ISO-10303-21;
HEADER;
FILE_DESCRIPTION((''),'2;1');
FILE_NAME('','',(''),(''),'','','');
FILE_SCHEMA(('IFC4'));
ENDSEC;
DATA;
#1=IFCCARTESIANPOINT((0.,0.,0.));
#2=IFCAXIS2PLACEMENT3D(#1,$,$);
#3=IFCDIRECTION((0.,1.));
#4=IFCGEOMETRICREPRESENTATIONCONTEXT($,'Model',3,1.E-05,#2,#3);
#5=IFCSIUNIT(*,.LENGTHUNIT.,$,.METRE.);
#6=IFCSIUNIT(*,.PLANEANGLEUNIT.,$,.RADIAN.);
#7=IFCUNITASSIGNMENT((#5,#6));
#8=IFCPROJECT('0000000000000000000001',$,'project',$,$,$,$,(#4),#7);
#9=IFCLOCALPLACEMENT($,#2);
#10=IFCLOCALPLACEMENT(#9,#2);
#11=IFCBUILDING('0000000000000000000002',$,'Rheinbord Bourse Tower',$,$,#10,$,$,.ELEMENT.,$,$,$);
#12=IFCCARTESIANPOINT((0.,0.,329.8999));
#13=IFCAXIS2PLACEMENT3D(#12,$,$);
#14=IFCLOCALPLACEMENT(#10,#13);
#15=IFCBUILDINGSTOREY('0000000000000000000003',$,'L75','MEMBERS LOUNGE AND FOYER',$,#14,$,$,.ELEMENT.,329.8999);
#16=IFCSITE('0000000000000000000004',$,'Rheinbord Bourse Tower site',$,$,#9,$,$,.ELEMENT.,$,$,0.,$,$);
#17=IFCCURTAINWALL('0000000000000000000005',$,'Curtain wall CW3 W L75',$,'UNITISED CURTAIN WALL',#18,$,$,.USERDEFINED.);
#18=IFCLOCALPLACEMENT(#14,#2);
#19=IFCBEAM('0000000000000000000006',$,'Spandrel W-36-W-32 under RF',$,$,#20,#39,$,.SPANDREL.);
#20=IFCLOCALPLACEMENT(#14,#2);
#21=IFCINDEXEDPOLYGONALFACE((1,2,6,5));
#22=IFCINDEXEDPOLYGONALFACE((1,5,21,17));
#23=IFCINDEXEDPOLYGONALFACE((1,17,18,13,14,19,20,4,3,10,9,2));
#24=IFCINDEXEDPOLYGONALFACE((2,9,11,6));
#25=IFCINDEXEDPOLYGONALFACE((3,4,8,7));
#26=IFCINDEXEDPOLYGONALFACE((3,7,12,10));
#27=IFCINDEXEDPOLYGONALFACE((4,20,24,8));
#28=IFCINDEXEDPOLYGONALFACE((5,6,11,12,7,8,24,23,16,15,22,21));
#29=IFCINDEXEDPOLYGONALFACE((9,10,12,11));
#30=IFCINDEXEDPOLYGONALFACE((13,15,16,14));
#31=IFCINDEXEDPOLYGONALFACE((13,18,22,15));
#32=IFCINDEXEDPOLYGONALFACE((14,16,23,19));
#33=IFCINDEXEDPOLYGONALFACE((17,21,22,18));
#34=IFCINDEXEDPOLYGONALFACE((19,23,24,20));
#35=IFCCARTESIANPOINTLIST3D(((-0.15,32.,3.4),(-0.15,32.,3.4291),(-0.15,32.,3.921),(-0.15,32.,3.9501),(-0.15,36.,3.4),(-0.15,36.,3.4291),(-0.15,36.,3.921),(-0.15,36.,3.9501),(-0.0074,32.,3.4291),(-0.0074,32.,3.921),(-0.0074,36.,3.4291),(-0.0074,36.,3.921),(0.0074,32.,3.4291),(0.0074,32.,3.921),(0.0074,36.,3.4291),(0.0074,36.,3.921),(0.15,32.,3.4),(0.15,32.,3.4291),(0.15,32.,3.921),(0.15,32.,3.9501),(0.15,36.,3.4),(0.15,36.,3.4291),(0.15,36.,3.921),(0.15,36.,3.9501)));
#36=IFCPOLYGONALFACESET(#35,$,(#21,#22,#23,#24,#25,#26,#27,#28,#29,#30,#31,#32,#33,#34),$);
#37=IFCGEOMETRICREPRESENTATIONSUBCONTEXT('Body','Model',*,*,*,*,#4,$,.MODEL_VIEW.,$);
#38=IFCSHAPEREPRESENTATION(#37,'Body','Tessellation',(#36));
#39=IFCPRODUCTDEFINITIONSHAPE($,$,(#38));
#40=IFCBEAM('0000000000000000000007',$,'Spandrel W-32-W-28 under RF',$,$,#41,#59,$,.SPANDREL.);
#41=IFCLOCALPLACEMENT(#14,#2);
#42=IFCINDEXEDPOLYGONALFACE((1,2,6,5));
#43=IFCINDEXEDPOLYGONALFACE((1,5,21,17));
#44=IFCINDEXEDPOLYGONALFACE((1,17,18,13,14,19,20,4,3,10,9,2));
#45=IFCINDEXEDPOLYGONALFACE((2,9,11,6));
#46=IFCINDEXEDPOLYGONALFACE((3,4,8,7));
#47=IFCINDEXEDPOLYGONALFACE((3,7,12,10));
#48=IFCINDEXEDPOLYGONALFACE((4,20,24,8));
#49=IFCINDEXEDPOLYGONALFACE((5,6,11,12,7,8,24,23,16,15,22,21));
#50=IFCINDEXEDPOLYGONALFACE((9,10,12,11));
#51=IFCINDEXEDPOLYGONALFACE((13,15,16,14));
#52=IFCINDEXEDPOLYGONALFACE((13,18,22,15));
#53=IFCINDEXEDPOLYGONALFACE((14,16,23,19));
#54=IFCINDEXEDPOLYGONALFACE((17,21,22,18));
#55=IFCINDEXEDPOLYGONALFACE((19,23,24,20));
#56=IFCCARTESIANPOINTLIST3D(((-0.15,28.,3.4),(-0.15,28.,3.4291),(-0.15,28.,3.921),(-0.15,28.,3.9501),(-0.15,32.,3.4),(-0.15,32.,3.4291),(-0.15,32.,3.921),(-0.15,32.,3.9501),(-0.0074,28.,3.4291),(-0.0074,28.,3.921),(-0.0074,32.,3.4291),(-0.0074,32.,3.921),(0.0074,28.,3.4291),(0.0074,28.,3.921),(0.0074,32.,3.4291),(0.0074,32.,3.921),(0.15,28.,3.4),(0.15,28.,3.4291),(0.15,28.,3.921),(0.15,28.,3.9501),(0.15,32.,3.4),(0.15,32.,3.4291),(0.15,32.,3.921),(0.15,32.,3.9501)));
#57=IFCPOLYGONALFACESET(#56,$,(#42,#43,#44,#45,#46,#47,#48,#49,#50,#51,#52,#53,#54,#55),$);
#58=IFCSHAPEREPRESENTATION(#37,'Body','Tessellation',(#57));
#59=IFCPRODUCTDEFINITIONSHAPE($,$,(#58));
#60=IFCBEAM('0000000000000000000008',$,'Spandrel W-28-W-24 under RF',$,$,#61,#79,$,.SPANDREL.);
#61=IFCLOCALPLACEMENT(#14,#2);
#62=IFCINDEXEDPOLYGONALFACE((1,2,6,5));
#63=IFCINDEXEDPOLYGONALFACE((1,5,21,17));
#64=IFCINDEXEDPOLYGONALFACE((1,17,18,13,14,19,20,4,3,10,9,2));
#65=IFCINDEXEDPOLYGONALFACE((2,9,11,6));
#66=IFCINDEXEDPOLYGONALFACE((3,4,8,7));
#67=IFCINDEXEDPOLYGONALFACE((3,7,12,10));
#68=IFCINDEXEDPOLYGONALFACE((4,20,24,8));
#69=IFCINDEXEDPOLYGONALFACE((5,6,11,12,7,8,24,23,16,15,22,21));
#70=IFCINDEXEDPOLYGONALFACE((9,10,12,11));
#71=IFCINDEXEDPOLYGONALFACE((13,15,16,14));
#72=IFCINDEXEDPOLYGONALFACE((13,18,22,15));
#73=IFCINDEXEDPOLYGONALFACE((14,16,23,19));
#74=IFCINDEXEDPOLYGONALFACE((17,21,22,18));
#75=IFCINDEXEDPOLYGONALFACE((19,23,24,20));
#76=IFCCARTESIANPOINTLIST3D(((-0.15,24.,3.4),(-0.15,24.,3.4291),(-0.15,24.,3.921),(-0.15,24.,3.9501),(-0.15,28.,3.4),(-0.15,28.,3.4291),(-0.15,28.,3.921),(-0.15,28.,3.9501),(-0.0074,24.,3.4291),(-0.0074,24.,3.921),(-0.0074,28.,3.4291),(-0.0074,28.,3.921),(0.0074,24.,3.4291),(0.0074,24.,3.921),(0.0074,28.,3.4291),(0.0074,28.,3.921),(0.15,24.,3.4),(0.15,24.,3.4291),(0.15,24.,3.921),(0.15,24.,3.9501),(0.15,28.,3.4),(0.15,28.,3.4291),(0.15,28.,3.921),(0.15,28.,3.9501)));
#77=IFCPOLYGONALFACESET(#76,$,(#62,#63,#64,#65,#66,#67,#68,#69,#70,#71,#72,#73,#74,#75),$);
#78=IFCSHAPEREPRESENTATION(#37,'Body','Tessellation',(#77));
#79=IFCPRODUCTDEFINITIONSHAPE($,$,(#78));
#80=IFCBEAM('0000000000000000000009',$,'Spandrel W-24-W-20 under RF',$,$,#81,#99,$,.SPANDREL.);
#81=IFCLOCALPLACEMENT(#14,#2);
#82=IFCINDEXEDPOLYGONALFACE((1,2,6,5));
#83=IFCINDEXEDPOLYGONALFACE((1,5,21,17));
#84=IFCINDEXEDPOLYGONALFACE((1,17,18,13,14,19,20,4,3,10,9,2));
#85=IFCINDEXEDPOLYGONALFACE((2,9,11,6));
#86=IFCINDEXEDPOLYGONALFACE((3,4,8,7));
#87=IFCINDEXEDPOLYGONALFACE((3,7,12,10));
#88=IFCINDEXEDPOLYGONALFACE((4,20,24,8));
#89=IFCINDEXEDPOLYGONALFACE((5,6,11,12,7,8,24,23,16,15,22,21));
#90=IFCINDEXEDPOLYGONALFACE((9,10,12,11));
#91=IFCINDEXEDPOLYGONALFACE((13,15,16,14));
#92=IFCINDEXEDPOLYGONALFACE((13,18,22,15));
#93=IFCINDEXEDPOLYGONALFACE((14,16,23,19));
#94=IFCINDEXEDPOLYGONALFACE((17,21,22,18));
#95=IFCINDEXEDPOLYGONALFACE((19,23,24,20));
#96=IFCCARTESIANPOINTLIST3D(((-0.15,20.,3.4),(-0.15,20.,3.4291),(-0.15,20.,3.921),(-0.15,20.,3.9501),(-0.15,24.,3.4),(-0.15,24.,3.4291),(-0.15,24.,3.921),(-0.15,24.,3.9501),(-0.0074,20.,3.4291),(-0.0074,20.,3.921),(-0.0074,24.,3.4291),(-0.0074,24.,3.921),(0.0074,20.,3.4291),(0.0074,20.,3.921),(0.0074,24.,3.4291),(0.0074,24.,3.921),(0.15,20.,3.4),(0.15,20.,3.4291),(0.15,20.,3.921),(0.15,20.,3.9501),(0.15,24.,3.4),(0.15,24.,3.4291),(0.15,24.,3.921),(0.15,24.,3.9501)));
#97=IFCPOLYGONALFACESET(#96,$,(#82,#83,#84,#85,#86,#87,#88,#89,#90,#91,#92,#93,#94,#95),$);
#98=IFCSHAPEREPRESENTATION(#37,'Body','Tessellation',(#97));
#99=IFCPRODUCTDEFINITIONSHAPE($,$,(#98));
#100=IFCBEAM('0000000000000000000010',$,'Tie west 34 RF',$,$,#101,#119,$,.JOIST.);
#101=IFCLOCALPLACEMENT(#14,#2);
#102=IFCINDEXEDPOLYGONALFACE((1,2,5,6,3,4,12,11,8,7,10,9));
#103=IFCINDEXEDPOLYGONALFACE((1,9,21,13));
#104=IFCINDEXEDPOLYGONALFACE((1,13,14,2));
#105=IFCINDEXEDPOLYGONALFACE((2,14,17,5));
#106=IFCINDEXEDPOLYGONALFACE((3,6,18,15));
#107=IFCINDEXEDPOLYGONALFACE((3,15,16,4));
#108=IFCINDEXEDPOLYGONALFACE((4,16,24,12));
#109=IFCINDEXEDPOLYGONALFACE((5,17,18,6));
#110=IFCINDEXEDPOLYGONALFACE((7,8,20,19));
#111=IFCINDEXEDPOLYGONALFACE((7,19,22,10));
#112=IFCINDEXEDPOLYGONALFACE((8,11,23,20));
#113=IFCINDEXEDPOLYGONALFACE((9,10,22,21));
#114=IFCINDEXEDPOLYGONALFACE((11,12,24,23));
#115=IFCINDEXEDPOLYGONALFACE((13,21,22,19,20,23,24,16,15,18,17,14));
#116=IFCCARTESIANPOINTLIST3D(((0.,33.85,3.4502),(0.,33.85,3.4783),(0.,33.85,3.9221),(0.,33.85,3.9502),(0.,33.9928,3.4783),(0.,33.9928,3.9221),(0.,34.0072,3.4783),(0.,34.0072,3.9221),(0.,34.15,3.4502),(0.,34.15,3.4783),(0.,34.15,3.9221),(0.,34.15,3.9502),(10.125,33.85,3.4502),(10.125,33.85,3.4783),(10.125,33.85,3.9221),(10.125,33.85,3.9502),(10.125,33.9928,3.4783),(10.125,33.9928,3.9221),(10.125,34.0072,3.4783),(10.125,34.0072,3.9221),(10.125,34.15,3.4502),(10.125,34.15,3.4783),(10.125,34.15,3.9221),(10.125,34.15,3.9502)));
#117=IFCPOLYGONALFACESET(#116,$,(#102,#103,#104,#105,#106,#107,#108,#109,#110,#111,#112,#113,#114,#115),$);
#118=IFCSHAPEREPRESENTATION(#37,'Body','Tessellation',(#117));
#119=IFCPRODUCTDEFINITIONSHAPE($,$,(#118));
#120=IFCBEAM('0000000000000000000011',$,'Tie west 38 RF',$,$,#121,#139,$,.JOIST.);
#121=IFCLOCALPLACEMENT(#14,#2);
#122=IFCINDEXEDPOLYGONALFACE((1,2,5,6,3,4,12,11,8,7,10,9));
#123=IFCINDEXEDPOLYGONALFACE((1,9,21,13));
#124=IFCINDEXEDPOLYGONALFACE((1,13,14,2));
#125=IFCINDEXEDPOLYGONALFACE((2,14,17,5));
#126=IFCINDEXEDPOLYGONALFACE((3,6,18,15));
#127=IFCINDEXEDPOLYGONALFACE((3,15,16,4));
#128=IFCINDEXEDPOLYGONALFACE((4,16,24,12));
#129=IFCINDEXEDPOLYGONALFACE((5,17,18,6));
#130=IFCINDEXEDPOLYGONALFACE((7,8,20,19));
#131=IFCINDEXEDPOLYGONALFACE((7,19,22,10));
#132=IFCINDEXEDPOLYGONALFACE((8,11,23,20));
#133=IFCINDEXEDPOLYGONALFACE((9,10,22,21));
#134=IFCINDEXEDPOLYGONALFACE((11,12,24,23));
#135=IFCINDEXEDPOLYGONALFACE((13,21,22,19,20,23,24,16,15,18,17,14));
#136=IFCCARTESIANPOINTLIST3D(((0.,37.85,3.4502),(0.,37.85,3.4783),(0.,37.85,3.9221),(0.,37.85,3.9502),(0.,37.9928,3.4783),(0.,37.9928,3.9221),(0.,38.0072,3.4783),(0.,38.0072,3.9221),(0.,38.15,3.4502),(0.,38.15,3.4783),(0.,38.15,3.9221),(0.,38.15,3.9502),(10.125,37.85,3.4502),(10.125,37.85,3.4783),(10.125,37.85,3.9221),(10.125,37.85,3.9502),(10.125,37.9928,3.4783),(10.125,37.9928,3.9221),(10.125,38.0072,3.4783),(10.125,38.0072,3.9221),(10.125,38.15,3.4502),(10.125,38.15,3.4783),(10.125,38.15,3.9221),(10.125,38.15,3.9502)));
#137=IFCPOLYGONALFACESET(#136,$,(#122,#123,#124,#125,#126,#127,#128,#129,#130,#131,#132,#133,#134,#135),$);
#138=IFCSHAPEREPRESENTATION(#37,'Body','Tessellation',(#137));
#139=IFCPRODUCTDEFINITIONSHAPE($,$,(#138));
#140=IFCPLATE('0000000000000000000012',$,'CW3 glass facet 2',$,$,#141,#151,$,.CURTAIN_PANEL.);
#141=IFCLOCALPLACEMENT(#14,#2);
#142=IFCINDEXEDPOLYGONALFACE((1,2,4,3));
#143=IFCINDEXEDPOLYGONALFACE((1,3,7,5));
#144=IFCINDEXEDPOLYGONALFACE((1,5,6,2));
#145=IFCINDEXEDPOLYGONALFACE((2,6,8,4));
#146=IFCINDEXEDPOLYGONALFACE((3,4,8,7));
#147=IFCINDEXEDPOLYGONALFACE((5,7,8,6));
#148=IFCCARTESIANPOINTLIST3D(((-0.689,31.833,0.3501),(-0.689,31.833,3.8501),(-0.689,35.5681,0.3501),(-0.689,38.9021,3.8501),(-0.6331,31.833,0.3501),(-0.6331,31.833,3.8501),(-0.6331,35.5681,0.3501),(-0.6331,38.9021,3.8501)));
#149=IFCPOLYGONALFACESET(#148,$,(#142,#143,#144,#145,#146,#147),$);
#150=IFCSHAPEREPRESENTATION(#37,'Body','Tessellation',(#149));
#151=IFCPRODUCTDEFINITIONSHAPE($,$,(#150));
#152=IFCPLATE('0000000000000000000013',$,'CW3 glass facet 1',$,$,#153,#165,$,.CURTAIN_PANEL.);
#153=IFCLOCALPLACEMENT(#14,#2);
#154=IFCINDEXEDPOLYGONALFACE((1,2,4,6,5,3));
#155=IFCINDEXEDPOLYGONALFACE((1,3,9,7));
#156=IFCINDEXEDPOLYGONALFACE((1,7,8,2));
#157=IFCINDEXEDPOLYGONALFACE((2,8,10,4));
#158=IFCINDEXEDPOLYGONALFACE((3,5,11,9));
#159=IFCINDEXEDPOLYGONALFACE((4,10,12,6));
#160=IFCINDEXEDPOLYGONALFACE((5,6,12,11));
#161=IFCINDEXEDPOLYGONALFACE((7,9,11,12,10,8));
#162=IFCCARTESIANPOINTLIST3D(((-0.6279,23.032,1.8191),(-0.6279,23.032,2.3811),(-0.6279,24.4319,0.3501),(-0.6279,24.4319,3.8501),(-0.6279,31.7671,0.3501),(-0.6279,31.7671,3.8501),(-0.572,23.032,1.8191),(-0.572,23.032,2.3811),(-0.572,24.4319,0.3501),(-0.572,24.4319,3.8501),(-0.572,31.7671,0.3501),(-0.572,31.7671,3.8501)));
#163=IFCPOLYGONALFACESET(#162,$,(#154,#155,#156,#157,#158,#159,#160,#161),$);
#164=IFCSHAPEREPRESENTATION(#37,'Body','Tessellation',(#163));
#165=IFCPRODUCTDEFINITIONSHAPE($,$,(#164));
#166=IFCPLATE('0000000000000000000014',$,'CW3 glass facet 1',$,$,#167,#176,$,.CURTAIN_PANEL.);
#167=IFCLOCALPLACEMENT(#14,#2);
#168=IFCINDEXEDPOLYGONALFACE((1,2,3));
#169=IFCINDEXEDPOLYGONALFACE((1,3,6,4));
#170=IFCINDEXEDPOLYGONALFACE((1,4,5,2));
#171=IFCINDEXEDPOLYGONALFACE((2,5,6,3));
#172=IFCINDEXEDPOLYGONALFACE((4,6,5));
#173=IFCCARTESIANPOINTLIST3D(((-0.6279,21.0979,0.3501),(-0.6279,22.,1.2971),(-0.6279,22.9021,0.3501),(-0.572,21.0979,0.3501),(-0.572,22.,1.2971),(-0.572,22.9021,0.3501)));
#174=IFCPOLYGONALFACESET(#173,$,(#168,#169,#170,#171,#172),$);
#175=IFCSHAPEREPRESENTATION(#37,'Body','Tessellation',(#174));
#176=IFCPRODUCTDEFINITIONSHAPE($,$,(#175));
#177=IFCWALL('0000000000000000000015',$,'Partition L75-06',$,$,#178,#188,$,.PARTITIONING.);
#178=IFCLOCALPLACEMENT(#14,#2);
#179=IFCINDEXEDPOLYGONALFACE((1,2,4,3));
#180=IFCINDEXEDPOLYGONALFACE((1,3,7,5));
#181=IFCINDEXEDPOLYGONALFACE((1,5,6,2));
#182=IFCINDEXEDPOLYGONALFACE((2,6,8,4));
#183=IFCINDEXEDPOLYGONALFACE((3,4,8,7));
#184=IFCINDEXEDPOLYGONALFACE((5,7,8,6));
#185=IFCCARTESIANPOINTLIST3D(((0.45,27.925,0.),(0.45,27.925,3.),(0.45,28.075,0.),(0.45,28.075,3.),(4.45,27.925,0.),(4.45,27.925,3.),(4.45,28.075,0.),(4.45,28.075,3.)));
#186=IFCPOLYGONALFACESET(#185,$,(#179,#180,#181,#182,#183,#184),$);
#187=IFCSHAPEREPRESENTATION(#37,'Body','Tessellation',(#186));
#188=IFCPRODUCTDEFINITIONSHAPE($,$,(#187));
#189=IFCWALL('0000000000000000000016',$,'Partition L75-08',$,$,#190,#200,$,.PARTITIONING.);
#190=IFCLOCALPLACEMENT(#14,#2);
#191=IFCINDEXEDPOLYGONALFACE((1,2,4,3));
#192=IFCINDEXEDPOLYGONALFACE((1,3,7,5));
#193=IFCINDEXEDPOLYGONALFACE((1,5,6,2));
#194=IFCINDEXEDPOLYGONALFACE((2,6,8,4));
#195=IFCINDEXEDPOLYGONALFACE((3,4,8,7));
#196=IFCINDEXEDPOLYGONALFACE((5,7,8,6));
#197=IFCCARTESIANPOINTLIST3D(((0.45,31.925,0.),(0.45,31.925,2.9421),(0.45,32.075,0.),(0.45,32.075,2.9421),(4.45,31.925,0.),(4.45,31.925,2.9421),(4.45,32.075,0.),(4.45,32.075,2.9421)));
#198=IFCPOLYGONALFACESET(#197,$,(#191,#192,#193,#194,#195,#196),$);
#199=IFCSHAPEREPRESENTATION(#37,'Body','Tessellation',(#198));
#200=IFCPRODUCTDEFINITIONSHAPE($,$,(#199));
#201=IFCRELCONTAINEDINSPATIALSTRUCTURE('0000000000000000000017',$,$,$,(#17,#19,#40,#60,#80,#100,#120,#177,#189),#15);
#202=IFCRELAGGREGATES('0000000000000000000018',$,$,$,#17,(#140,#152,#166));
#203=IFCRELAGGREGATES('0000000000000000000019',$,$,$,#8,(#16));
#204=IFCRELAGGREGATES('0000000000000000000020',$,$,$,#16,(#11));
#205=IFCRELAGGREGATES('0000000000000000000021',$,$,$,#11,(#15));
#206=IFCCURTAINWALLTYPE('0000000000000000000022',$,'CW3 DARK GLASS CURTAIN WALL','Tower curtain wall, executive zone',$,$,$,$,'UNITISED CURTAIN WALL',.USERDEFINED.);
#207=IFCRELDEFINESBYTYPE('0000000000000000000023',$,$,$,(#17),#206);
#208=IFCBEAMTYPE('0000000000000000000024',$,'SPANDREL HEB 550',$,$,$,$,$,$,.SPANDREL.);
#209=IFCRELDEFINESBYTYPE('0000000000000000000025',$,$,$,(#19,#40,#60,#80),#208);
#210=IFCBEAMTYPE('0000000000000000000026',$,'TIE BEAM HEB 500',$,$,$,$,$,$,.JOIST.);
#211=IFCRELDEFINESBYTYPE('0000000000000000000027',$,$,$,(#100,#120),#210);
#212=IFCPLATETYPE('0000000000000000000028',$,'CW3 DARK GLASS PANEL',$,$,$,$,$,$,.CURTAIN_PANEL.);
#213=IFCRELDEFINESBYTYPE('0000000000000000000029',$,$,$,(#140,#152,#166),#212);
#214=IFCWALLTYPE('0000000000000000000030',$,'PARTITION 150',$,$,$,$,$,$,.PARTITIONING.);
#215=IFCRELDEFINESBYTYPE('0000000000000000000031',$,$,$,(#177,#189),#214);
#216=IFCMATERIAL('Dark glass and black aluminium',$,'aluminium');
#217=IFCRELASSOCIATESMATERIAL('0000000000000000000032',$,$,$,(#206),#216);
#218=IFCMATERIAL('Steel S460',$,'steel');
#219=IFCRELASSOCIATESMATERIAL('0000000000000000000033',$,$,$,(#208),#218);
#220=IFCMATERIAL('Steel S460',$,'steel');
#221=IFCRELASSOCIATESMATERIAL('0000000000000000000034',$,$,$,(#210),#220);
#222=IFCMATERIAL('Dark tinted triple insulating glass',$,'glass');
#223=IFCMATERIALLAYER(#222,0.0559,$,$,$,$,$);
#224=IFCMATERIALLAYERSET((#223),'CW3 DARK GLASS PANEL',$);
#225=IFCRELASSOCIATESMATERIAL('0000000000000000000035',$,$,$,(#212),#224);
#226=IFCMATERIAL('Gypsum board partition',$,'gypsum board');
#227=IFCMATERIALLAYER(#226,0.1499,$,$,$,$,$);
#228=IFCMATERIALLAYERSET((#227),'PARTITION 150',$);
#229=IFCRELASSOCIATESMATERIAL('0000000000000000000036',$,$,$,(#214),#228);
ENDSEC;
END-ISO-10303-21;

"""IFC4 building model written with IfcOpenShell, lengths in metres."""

from ifc_helpers import new_model, si_unit, direction, frame, frame_2d, origin, origin_2d, place, context, subcontext, project, spatial, polyline, rectangle, i_section, outline, extrude, material, layer, layer_set, material_profile, profile_set, type_object, element, aggregate, save


model = new_model("IFC4")

# Units and contexts
model_context = context("Model", 3, precision=1e-05, world=origin(), true_north=direction((0.0, 1.0)))
body_context = subcontext(model_context, "Body", "Model", "MODEL_VIEW")
ifc_project = project(units=[si_unit("LENGTHUNIT", "METRE"), si_unit("PLANEANGLEUNIT", "RADIAN")], contexts=[model_context])

# Site, building, storey
site_placement = place(None, origin())
site = spatial("IfcSite", under=ifc_project, at=site_placement, Name="Rheinbord Bourse Tower site", CompositionType="ELEMENT", RefElevation=0.0)
building_placement = place(site_placement, origin())
building = spatial("IfcBuilding", under=site, at=building_placement, Name="Rheinbord Bourse Tower", CompositionType="ELEMENT")
storey_placement = place(building_placement, frame((0.0, 0.0, 329.8999)))
storey = spatial("IfcBuildingStorey", under=building, at=storey_placement, Name="L75", Description="MEMBERS LOUNGE AND FOYER", CompositionType="ELEMENT", Elevation=329.8999)

# Curtain wall
ifc_material_1 = material(Name="Dark glass and black aluminium", Category="aluminium")
curtain_wall_type = type_object("IfcCurtainWallType", Name="CW3 DARK GLASS CURTAIN WALL", Description="Tower curtain wall, executive zone", ElementType="UNITISED CURTAIN WALL", PredefinedType="USERDEFINED", material=ifc_material_1)
curtain_wall_placement = place(storey_placement, origin())
curtain_wall = element("IfcCurtainWall", 1, at=curtain_wall_placement, inside=storey, type_object=curtain_wall_type, Name="Curtain wall CW3 W L75", ObjectType="UNITISED CURTAIN WALL", PredefinedType="USERDEFINED")

# Beams
ifc_material_2 = material(Name="Steel S460", Category="steel")
ifc_material_profile_1 = material_profile(ifc_material_2, i_section(OverallWidth=0.3, OverallDepth=0.55, WebThickness=0.0149, FlangeThickness=0.0291, at=origin_2d()), Name="HEB 550")
ifc_profile_set_1 = profile_set([ifc_material_profile_1], Name="Steel S460")
beam_type_1 = type_object("IfcBeamType", Name="SPANDREL HEB 550", PredefinedType="SPANDREL", material=ifc_profile_set_1)
for number, where, z_axis, x_axis, name in (
    (2, (0.0, 36.0, 3.675), (0.0, -1.0, 0.0), (1.0, 0.0, 0.0), "Spandrel W-36-W-32 under RF"),
    (3, (0.0, 32.0, 3.675), (0.0, -1.0, 0.0), (1.0, 0.0, 0.0), "Spandrel W-32-W-28 under RF"),
    (4, (0.0, 28.0, 3.675), (0.0, -1.0, 0.0), (1.0, 0.0, 0.0), "Spandrel W-28-W-24 under RF"),
    (5, (0.0, 24.0, 3.675), (0.0, -1.0, 0.0), (1.0, 0.0, 0.0), "Spandrel W-24-W-20 under RF"),
):
    element("IfcBeam", number, at=place(storey_placement, frame(where, z_axis=z_axis, x_axis=x_axis)), inside=storey, type_object=beam_type_1, Name=name, PredefinedType="SPANDREL", context=body_context, shape_type="SweptSolid", body=[
        extrude(i_section(OverallWidth=0.3, OverallDepth=0.55, WebThickness=0.0149, FlangeThickness=0.0291, at=origin_2d()), origin(), (0.0, 0.0, 1.0), 4.0),
    ])
ifc_material_3 = material(Name="Steel S460", Category="steel")
ifc_material_profile_2 = material_profile(ifc_material_3, i_section(OverallWidth=0.3, OverallDepth=0.5, WebThickness=0.0144, FlangeThickness=0.0281, at=origin_2d()), Name="HEB 500")
ifc_profile_set_2 = profile_set([ifc_material_profile_2], Name="Steel S460")
beam_type_2 = type_object("IfcBeamType", Name="TIE BEAM HEB 500", PredefinedType="JOIST", material=ifc_profile_set_2)
for number, where, z_axis, x_axis, name in (
    (6, (0.0, 34.0, 3.7002), (1.0, 0.0, 0.0), (0.0, 1.0, 0.0), "Tie west 34 RF"),
    (7, (0.0, 38.0, 3.7002), (1.0, 0.0, 0.0), (0.0, 1.0, 0.0), "Tie west 38 RF"),
):
    element("IfcBeam", number, at=place(storey_placement, frame(where, z_axis=z_axis, x_axis=x_axis)), inside=storey, type_object=beam_type_2, Name=name, PredefinedType="JOIST", context=body_context, shape_type="SweptSolid", body=[
        extrude(i_section(OverallWidth=0.3, OverallDepth=0.5, WebThickness=0.0144, FlangeThickness=0.0281, at=origin_2d()), origin(), (0.0, 0.0, 1.0), 10.125),
    ])

# Plates
ifc_material_4 = material(Name="Dark tinted triple insulating glass", Category="glass")
ifc_layer_1 = layer(ifc_material_4, 0.0559)
ifc_layer_set_1 = layer_set([ifc_layer_1], Name="CW3 DARK GLASS PANEL")
plate_type = type_object("IfcPlateType", Name="CW3 DARK GLASS PANEL", PredefinedType="CURTAIN_PANEL", material=ifc_layer_set_1)
plate_1_placement = place(storey_placement, frame((-0.689, 31.833, 3.8501), z_axis=(1.0, 0.0, 0.0), x_axis=(0.0, 0.0, -1.0)))
plate_1 = element("IfcPlate", 8, at=plate_1_placement, type_object=plate_type, Name="CW3 glass facet 2", PredefinedType="CURTAIN_PANEL", context=body_context, shape_type="SweptSolid", body=[
    extrude(outline(polyline([(0.0, 0.0), (3.5, 0.0), (3.5, 3.7351), (0.0, 7.0691), (0.0, 0.0)])), origin(), (0.0, 0.0, 1.0), 0.0559),
])
plate_2_placement = place(storey_placement, frame((-0.6279, 31.7671, 0.3501), z_axis=(1.0, 0.0, 0.0), x_axis=(0.0, 0.0, 1.0)))
plate_2 = element("IfcPlate", 9, at=plate_2_placement, type_object=plate_type, Name="CW3 glass facet 1", PredefinedType="CURTAIN_PANEL", context=body_context, shape_type="SweptSolid", body=[
    extrude(outline(polyline([(0.0, 0.0), (3.5, 0.0), (3.5, 7.3352), (2.031, 8.7351), (1.469, 8.7351), (0.0, 7.3352), (0.0, 0.0)])), origin(), (0.0, 0.0, 1.0), 0.0559),
])
plate_3_placement = place(storey_placement, frame((-0.6279, 22.9021, 0.3501), z_axis=(1.0, 0.0, 0.0), x_axis=(0.0, -0.689725, 0.724071)))
plate_3 = element("IfcPlate", 10, at=plate_3_placement, type_object=plate_type, Name="CW3 glass facet 1", PredefinedType="CURTAIN_PANEL", context=body_context, shape_type="SweptSolid", body=[
    extrude(outline(polyline([(0.0, 0.0), (1.3079, 0.0), (1.2444, 1.3064), (0.0, 0.0)])), origin(), (0.0, 0.0, 1.0), 0.0559),
])
aggregate(curtain_wall, [plate_1, plate_2, plate_3])

# Walls
ifc_material_5 = material(Name="Gypsum board partition", Category="gypsum board")
ifc_layer_2 = layer(ifc_material_5, 0.1499)
ifc_layer_set_2 = layer_set([ifc_layer_2], Name="PARTITION 150")
wall_type = type_object("IfcWallType", Name="PARTITION 150", PredefinedType="PARTITIONING", material=ifc_layer_set_2)
wall_1_placement = place(storey_placement, frame((0.45, 28.0, 0.0), z_axis=(0.0, 0.0, 1.0), x_axis=(1.0, 0.0, 0.0)))
element("IfcWall", 11, at=wall_1_placement, inside=storey, type_object=wall_type, Name="Partition L75-06", PredefinedType="PARTITIONING", context=body_context, shape_type="SweptSolid", body=[
    extrude(rectangle(XDim=4.0, YDim=0.1499, at=frame_2d((2.0, 0.0))), origin(), (0.0, 0.0, 1.0), 3.0),
])
wall_2_placement = place(storey_placement, frame((0.45, 32.0, 0.0), z_axis=(0.0, 0.0, 1.0), x_axis=(1.0, 0.0, 0.0)))
element("IfcWall", 12, at=wall_2_placement, inside=storey, type_object=wall_type, Name="Partition L75-08", PredefinedType="PARTITIONING", context=body_context, shape_type="SweptSolid", body=[
    extrude(rectangle(XDim=4.0, YDim=0.1499, at=frame_2d((2.0, 0.0))), origin(), (0.0, 0.0, 1.0), 2.9421),
])

save(model, "model.ifc")
